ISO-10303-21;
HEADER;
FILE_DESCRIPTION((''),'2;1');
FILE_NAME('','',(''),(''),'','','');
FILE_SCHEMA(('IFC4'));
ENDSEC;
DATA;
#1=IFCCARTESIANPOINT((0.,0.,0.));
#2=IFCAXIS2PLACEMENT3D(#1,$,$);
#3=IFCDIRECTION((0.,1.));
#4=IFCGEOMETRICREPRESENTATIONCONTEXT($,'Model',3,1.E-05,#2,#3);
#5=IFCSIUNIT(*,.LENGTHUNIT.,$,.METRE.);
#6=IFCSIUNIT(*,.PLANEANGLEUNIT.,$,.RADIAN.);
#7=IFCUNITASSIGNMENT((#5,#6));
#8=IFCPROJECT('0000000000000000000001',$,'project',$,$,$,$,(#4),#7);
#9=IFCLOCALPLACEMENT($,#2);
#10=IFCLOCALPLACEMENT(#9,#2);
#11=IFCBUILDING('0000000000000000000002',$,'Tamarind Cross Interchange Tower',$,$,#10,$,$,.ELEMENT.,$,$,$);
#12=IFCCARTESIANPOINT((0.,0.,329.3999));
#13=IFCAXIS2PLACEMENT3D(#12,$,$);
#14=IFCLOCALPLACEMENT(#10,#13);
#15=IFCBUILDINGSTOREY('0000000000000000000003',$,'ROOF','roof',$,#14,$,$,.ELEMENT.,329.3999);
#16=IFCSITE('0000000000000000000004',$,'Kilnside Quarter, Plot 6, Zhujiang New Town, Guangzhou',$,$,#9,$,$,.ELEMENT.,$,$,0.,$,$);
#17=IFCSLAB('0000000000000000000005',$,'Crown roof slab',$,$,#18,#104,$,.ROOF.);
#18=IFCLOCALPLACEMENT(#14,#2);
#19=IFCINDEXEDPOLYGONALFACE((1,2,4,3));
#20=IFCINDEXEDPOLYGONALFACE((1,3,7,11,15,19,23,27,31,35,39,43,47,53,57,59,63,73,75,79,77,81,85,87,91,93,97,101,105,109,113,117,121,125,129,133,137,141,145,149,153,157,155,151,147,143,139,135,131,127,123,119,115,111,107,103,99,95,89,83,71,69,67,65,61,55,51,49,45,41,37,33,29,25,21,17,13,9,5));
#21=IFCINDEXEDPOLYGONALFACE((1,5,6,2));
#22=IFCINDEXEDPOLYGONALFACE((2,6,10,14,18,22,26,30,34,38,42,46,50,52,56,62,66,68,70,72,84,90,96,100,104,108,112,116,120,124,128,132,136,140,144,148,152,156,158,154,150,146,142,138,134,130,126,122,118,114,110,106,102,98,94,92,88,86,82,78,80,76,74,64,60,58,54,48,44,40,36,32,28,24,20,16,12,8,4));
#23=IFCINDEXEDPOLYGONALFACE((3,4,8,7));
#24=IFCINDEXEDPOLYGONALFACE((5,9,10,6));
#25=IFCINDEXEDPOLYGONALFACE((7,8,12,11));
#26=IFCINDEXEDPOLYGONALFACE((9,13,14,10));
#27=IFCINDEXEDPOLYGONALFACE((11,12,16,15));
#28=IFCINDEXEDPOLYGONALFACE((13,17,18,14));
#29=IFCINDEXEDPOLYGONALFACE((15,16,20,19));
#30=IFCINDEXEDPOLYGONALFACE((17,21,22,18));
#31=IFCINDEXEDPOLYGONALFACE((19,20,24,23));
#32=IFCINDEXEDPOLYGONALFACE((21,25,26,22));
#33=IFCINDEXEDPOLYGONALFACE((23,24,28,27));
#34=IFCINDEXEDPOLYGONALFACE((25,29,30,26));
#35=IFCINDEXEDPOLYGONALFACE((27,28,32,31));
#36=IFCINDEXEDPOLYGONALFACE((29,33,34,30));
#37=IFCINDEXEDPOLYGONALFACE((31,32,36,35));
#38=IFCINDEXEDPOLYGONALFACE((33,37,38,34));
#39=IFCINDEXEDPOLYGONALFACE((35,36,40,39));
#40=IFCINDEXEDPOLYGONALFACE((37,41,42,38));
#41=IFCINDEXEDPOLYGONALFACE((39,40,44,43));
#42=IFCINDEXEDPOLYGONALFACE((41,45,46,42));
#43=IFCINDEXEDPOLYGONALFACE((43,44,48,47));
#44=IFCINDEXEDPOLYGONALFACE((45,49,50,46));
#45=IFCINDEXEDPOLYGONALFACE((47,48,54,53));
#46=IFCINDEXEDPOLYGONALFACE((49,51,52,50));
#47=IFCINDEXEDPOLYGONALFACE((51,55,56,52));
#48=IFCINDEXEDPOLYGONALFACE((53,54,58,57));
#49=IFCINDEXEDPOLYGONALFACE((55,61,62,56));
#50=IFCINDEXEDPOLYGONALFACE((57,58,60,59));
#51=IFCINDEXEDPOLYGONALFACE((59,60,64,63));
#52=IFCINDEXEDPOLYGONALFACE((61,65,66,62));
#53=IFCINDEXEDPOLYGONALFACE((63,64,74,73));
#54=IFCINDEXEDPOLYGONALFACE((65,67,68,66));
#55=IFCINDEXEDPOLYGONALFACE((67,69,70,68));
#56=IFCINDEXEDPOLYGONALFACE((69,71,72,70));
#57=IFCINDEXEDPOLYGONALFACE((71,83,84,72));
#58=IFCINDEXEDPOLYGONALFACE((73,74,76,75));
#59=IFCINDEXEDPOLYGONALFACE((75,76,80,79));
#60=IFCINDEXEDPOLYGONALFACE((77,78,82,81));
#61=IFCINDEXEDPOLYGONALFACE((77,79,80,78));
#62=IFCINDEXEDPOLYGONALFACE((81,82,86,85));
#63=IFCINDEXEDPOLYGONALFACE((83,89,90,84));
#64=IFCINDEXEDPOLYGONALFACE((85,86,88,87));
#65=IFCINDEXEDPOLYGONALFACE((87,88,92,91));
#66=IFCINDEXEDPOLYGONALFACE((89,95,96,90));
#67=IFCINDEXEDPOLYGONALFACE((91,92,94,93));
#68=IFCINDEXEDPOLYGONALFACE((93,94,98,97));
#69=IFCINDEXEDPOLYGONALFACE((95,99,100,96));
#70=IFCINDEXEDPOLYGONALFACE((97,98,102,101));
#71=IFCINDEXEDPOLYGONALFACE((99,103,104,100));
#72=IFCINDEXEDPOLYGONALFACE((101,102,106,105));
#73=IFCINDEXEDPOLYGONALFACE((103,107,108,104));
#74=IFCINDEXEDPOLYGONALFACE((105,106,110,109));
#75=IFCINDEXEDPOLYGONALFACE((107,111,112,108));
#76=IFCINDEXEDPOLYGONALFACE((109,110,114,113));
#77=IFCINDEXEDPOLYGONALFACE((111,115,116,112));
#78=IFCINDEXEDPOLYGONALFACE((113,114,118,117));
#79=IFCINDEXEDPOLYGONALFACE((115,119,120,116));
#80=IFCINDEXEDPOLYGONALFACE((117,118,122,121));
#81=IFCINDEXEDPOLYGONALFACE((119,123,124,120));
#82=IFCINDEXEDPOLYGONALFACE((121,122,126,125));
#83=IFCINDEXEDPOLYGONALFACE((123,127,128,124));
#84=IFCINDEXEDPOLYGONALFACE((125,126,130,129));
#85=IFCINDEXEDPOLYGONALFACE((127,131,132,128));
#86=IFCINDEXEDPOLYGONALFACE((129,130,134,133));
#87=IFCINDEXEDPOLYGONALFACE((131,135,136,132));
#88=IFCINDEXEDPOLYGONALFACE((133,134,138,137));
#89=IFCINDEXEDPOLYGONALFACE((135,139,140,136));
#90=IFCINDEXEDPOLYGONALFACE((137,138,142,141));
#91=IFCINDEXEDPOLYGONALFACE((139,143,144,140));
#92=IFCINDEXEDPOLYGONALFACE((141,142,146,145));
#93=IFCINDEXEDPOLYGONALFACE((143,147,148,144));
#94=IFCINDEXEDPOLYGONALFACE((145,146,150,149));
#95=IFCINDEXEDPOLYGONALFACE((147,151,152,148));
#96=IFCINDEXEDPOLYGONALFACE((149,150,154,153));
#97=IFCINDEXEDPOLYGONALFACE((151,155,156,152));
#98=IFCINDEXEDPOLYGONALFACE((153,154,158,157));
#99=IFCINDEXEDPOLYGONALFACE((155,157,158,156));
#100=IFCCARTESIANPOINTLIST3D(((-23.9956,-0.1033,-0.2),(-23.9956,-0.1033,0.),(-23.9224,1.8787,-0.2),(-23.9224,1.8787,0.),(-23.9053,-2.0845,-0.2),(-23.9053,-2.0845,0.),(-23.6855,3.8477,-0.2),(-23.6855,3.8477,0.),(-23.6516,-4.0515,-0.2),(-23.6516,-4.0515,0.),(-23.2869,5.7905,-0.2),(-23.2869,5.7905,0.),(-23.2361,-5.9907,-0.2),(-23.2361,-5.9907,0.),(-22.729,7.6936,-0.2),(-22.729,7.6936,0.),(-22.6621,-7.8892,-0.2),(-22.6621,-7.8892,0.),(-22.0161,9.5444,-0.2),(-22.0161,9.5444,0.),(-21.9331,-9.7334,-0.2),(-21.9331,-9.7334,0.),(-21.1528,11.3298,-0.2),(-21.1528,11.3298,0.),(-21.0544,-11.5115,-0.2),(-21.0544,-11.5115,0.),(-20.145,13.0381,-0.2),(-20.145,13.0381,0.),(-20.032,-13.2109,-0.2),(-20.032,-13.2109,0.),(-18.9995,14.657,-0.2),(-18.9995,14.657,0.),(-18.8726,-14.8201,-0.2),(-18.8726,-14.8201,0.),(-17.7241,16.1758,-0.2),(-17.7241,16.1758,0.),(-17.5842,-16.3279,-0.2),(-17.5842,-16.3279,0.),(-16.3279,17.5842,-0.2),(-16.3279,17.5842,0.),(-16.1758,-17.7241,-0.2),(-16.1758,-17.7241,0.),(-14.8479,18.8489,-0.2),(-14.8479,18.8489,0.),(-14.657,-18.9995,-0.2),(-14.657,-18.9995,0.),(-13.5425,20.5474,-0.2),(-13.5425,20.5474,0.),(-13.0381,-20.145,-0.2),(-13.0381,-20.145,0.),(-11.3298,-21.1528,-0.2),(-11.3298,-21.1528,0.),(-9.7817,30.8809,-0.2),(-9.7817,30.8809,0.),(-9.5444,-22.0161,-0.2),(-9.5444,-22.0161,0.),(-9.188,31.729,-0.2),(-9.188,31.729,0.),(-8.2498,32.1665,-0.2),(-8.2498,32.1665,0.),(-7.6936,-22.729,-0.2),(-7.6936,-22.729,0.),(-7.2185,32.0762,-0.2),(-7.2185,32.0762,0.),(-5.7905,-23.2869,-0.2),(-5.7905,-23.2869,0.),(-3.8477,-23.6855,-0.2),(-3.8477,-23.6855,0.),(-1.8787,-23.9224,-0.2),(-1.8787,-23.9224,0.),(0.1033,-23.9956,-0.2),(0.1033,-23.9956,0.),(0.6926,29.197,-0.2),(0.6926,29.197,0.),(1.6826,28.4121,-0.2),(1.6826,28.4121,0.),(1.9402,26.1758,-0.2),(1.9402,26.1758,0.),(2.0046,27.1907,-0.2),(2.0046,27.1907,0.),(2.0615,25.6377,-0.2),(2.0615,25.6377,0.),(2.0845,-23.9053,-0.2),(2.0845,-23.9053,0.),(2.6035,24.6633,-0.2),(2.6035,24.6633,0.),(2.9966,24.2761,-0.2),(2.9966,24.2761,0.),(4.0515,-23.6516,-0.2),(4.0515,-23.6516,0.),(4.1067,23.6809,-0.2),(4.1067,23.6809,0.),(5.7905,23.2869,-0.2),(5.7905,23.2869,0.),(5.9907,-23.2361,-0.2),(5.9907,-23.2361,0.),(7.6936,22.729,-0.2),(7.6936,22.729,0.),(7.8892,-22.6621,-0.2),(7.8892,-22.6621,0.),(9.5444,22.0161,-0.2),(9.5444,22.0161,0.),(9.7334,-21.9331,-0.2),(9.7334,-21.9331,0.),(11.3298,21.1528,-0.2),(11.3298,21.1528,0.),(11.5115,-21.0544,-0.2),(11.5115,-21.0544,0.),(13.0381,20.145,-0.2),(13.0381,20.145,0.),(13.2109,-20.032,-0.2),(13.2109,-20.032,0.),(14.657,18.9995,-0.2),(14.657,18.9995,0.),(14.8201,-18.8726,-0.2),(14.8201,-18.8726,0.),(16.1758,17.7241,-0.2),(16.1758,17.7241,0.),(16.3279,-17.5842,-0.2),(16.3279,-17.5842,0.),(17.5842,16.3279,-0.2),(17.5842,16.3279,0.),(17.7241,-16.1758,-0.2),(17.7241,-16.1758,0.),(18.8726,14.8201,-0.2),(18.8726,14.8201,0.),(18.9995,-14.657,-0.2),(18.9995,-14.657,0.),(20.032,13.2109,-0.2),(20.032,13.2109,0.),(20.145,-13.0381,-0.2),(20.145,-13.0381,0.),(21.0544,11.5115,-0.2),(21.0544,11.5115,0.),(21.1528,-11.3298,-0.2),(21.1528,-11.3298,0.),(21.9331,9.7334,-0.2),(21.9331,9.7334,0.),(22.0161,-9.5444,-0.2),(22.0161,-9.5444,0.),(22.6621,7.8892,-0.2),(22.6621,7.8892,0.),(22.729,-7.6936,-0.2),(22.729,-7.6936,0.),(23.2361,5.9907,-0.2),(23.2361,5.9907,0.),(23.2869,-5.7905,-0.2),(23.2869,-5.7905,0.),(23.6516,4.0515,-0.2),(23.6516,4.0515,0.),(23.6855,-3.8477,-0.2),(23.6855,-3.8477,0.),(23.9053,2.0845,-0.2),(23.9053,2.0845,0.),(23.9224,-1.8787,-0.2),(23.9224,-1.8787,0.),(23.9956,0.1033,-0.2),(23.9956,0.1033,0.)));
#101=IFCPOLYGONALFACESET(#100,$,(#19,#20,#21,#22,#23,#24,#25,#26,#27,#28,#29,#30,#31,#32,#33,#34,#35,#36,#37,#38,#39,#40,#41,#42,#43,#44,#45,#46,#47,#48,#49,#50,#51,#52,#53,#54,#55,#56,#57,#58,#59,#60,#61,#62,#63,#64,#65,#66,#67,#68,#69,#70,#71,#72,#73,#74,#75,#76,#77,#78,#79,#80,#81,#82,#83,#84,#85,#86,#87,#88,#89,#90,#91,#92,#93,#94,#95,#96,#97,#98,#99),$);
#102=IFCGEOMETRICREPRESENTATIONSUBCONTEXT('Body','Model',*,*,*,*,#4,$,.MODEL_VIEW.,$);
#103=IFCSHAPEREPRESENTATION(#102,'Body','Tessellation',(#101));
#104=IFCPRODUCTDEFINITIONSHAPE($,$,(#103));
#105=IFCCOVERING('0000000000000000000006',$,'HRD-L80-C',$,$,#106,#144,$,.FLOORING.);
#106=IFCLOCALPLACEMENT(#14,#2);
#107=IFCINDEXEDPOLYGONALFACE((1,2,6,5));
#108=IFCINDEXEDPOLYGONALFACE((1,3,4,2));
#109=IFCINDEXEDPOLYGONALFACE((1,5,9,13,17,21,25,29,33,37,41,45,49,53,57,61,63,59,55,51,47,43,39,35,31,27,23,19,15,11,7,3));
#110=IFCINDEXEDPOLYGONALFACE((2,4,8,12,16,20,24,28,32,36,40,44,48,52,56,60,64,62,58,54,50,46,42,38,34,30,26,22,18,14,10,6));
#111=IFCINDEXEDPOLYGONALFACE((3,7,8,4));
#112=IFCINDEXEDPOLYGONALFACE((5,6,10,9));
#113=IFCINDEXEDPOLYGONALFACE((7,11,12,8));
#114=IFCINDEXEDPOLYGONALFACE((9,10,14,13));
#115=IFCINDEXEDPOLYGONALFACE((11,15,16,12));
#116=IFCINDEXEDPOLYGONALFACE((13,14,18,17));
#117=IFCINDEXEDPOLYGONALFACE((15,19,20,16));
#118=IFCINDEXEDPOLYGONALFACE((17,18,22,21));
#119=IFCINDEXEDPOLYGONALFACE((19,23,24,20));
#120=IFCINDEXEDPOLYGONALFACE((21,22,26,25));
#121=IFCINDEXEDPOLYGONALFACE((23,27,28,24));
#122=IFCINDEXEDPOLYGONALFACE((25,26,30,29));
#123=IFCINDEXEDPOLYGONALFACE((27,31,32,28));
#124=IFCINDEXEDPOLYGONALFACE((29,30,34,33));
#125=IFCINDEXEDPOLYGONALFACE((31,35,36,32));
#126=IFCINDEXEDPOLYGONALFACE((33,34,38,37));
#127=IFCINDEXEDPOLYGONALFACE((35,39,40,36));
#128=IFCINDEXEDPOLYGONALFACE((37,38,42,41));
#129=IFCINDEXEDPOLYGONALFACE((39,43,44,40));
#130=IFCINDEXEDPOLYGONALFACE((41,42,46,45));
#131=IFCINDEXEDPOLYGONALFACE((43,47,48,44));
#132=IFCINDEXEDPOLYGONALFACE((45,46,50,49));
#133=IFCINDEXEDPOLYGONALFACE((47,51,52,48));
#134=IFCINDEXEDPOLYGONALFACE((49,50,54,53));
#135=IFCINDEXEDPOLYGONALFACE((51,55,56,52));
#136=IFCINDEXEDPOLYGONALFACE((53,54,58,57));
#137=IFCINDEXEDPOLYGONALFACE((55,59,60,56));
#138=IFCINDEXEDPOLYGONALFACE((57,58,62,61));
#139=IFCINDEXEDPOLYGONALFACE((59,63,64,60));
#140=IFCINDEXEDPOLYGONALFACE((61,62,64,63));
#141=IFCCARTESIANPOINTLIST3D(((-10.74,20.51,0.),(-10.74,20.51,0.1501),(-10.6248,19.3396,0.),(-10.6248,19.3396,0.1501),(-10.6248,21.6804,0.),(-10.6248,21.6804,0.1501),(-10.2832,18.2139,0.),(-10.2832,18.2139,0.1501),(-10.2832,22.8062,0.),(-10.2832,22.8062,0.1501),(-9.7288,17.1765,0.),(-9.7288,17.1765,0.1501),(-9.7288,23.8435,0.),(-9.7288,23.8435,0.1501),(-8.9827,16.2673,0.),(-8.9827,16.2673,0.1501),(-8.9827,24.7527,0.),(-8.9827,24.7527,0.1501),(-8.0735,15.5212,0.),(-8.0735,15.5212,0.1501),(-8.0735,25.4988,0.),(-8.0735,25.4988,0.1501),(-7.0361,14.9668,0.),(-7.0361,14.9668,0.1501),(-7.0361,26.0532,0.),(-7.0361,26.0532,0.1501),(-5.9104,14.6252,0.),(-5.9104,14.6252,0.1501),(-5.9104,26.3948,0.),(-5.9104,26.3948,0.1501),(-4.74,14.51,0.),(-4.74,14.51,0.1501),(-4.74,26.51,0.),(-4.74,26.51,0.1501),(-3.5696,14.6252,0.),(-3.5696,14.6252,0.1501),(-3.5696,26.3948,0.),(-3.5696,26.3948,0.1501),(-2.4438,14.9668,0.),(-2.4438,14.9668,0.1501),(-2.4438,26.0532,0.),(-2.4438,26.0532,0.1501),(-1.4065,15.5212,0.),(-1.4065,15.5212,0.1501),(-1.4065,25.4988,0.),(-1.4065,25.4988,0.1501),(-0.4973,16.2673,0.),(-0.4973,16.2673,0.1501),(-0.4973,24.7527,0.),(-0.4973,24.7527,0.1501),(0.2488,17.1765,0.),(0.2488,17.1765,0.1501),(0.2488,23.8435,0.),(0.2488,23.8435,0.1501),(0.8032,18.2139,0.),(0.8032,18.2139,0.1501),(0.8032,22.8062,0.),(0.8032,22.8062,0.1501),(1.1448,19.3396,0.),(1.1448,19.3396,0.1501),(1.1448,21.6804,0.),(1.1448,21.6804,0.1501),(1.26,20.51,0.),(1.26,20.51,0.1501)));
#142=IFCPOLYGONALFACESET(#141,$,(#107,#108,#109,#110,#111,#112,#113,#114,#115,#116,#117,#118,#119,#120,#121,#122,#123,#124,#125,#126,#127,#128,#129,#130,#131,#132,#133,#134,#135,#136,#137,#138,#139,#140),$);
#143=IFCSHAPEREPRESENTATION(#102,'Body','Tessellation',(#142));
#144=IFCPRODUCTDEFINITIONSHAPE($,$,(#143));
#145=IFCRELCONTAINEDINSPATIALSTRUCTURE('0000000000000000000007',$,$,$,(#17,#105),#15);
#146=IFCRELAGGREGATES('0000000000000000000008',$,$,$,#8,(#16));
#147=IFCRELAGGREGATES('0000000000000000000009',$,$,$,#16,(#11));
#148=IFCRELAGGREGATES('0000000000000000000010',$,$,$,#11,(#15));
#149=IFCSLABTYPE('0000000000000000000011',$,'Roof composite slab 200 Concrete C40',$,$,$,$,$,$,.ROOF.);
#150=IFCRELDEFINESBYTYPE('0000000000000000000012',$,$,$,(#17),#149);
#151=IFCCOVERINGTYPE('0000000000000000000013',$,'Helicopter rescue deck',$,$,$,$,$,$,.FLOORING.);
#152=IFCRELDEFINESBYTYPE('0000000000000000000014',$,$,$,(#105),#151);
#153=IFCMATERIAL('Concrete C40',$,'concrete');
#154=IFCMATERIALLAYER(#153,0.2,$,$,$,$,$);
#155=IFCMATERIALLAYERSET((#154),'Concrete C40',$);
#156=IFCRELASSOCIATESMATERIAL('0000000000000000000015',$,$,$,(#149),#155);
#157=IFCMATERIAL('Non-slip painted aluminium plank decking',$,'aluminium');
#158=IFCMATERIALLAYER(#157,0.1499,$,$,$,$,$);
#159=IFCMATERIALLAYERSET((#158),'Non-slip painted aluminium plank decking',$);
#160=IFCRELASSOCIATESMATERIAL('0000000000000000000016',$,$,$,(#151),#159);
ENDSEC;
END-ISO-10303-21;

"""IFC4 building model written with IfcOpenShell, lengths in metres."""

from ifc_helpers import new_model, si_unit, direction, frame, origin, place, context, subcontext, project, spatial, polyline, outline, extrude, material, layer, layer_set, type_object, element, save


model = new_model("IFC4")

# Units and contexts
model_context = context("Model", 3, precision=1e-05, world=origin(), true_north=direction((0.0, 1.0)))
body_context = subcontext(model_context, "Body", "Model", "MODEL_VIEW")
ifc_project = project(units=[si_unit("LENGTHUNIT", "METRE"), si_unit("PLANEANGLEUNIT", "RADIAN")], contexts=[model_context])

# Site, building, storey
site_placement = place(None, origin())
site = spatial("IfcSite", under=ifc_project, at=site_placement, Name="Kilnside Quarter, Plot 6, Zhujiang New Town, Guangzhou", CompositionType="ELEMENT", RefElevation=0.0)
building_placement = place(site_placement, origin())
building = spatial("IfcBuilding", under=site, at=building_placement, Name="Tamarind Cross Interchange Tower", CompositionType="ELEMENT")
storey_placement = place(building_placement, frame((0.0, 0.0, 329.3999)))
storey = spatial("IfcBuildingStorey", under=building, at=storey_placement, Name="ROOF", Description="roof", CompositionType="ELEMENT", Elevation=329.3999)

# Slab
ifc_material_1 = material(Name="Concrete C40", Category="concrete")
ifc_layer_1 = layer(ifc_material_1, 0.2)
ifc_layer_set_1 = layer_set([ifc_layer_1], Name="Concrete C40")
slab_type = type_object("IfcSlabType", Name="Roof composite slab 200 Concrete C40", PredefinedType="ROOF", material=ifc_layer_set_1)
slab_placement = place(storey_placement, frame((0.0, 0.0, -0.2)))
element("IfcSlab", 1, at=slab_placement, inside=storey, type_object=slab_type, Name="Crown roof slab", PredefinedType="ROOF", context=body_context, shape_type="SweptSolid", body=[
    extrude(outline(polyline([(-9.7817, 30.8809), (-13.5425, 20.5474), (-14.8479, 18.8489), (-16.3279, 17.5842), (-17.7241, 16.1758), (-18.9995, 14.657), (-20.145, 13.0381), (-21.1528, 11.3298), (-22.0161, 9.5444), (-22.729, 7.6936), (-23.2869, 5.7905), (-23.6855, 3.8477), (-23.9224, 1.8787), (-23.9956, -0.1033), (-23.9053, -2.0845), (-23.6516, -4.0515), (-23.2361, -5.9907), (-22.6621, -7.8892), (-21.9331, -9.7334), (-21.0544, -11.5115), (-20.032, -13.2109), (-18.8726, -14.8201), (-17.5842, -16.3279), (-16.1758, -17.7241), (-14.657, -18.9995), (-13.0381, -20.145), (-11.3298, -21.1528), (-9.5444, -22.0161), (-7.6936, -22.729), (-5.7905, -23.2869), (-3.8477, -23.6855), (-1.8787, -23.9224), (0.1033, -23.9956), (2.0845, -23.9053), (4.0515, -23.6516), (5.9907, -23.2361), (7.8892, -22.6621), (9.7334, -21.9331), (11.5115, -21.0544), (13.2109, -20.032), (14.8201, -18.8726), (16.3279, -17.5842), (17.7241, -16.1758), (18.9995, -14.657), (20.145, -13.0381), (21.1528, -11.3298), (22.0161, -9.5444), (22.729, -7.6936), (23.2869, -5.7905), (23.6855, -3.8477), (23.9224, -1.8787), (23.9956, 0.1033), (23.9053, 2.0845), (23.6516, 4.0515), (23.2361, 5.9907), (22.6621, 7.8892), (21.9331, 9.7334), (21.0544, 11.5115), (20.032, 13.2109), (18.8726, 14.8201), (17.5842, 16.3279), (16.1758, 17.7241), (14.657, 18.9995), (13.0381, 20.145), (11.3298, 21.1528), (9.5444, 22.0161), (7.6936, 22.729), (5.7905, 23.2869), (4.1067, 23.6809), (2.9966, 24.2761), (2.6035, 24.6633), (2.0615, 25.6377), (1.9402, 26.1758), (2.0046, 27.1907), (1.6826, 28.4121), (0.6926, 29.197), (-7.2185, 32.0762), (-8.2498, 32.1665), (-9.188, 31.729), (-9.7817, 30.8809)])), origin(), (0.0, 0.0, 1.0), 0.2),
])

# Covering
ifc_material_2 = material(Name="Non-slip painted aluminium plank decking", Category="aluminium")
ifc_layer_2 = layer(ifc_material_2, 0.1499)
ifc_layer_set_2 = layer_set([ifc_layer_2], Name="Non-slip painted aluminium plank decking")
covering_type = type_object("IfcCoveringType", Name="Helicopter rescue deck", PredefinedType="FLOORING", material=ifc_layer_set_2)
covering_placement = place(storey_placement, origin())
element("IfcCovering", 2, at=covering_placement, inside=storey, type_object=covering_type, Name="HRD-L80-C", PredefinedType="FLOORING", context=body_context, shape_type="SweptSolid", body=[
    extrude(outline(polyline([(1.26, 20.51), (1.1448, 21.6804), (0.8032, 22.8062), (0.2488, 23.8435), (-0.4973, 24.7527), (-1.4065, 25.4988), (-2.4438, 26.0532), (-3.5696, 26.3948), (-4.74, 26.51), (-5.9104, 26.3948), (-7.0361, 26.0532), (-8.0735, 25.4988), (-8.9827, 24.7527), (-9.7288, 23.8435), (-10.2832, 22.8062), (-10.6248, 21.6804), (-10.74, 20.51), (-10.6248, 19.3396), (-10.2832, 18.2139), (-9.7288, 17.1765), (-8.9827, 16.2673), (-8.0735, 15.5212), (-7.0361, 14.9668), (-5.9104, 14.6252), (-4.74, 14.51), (-3.5696, 14.6252), (-2.4438, 14.9668), (-1.4065, 15.5212), (-0.4973, 16.2673), (0.2488, 17.1765), (0.8032, 18.2139), (1.1448, 19.3396), (1.26, 20.51)])), origin(), (0.0, 0.0, 1.0), 0.1501),
])

save(model, "model.ifc")
